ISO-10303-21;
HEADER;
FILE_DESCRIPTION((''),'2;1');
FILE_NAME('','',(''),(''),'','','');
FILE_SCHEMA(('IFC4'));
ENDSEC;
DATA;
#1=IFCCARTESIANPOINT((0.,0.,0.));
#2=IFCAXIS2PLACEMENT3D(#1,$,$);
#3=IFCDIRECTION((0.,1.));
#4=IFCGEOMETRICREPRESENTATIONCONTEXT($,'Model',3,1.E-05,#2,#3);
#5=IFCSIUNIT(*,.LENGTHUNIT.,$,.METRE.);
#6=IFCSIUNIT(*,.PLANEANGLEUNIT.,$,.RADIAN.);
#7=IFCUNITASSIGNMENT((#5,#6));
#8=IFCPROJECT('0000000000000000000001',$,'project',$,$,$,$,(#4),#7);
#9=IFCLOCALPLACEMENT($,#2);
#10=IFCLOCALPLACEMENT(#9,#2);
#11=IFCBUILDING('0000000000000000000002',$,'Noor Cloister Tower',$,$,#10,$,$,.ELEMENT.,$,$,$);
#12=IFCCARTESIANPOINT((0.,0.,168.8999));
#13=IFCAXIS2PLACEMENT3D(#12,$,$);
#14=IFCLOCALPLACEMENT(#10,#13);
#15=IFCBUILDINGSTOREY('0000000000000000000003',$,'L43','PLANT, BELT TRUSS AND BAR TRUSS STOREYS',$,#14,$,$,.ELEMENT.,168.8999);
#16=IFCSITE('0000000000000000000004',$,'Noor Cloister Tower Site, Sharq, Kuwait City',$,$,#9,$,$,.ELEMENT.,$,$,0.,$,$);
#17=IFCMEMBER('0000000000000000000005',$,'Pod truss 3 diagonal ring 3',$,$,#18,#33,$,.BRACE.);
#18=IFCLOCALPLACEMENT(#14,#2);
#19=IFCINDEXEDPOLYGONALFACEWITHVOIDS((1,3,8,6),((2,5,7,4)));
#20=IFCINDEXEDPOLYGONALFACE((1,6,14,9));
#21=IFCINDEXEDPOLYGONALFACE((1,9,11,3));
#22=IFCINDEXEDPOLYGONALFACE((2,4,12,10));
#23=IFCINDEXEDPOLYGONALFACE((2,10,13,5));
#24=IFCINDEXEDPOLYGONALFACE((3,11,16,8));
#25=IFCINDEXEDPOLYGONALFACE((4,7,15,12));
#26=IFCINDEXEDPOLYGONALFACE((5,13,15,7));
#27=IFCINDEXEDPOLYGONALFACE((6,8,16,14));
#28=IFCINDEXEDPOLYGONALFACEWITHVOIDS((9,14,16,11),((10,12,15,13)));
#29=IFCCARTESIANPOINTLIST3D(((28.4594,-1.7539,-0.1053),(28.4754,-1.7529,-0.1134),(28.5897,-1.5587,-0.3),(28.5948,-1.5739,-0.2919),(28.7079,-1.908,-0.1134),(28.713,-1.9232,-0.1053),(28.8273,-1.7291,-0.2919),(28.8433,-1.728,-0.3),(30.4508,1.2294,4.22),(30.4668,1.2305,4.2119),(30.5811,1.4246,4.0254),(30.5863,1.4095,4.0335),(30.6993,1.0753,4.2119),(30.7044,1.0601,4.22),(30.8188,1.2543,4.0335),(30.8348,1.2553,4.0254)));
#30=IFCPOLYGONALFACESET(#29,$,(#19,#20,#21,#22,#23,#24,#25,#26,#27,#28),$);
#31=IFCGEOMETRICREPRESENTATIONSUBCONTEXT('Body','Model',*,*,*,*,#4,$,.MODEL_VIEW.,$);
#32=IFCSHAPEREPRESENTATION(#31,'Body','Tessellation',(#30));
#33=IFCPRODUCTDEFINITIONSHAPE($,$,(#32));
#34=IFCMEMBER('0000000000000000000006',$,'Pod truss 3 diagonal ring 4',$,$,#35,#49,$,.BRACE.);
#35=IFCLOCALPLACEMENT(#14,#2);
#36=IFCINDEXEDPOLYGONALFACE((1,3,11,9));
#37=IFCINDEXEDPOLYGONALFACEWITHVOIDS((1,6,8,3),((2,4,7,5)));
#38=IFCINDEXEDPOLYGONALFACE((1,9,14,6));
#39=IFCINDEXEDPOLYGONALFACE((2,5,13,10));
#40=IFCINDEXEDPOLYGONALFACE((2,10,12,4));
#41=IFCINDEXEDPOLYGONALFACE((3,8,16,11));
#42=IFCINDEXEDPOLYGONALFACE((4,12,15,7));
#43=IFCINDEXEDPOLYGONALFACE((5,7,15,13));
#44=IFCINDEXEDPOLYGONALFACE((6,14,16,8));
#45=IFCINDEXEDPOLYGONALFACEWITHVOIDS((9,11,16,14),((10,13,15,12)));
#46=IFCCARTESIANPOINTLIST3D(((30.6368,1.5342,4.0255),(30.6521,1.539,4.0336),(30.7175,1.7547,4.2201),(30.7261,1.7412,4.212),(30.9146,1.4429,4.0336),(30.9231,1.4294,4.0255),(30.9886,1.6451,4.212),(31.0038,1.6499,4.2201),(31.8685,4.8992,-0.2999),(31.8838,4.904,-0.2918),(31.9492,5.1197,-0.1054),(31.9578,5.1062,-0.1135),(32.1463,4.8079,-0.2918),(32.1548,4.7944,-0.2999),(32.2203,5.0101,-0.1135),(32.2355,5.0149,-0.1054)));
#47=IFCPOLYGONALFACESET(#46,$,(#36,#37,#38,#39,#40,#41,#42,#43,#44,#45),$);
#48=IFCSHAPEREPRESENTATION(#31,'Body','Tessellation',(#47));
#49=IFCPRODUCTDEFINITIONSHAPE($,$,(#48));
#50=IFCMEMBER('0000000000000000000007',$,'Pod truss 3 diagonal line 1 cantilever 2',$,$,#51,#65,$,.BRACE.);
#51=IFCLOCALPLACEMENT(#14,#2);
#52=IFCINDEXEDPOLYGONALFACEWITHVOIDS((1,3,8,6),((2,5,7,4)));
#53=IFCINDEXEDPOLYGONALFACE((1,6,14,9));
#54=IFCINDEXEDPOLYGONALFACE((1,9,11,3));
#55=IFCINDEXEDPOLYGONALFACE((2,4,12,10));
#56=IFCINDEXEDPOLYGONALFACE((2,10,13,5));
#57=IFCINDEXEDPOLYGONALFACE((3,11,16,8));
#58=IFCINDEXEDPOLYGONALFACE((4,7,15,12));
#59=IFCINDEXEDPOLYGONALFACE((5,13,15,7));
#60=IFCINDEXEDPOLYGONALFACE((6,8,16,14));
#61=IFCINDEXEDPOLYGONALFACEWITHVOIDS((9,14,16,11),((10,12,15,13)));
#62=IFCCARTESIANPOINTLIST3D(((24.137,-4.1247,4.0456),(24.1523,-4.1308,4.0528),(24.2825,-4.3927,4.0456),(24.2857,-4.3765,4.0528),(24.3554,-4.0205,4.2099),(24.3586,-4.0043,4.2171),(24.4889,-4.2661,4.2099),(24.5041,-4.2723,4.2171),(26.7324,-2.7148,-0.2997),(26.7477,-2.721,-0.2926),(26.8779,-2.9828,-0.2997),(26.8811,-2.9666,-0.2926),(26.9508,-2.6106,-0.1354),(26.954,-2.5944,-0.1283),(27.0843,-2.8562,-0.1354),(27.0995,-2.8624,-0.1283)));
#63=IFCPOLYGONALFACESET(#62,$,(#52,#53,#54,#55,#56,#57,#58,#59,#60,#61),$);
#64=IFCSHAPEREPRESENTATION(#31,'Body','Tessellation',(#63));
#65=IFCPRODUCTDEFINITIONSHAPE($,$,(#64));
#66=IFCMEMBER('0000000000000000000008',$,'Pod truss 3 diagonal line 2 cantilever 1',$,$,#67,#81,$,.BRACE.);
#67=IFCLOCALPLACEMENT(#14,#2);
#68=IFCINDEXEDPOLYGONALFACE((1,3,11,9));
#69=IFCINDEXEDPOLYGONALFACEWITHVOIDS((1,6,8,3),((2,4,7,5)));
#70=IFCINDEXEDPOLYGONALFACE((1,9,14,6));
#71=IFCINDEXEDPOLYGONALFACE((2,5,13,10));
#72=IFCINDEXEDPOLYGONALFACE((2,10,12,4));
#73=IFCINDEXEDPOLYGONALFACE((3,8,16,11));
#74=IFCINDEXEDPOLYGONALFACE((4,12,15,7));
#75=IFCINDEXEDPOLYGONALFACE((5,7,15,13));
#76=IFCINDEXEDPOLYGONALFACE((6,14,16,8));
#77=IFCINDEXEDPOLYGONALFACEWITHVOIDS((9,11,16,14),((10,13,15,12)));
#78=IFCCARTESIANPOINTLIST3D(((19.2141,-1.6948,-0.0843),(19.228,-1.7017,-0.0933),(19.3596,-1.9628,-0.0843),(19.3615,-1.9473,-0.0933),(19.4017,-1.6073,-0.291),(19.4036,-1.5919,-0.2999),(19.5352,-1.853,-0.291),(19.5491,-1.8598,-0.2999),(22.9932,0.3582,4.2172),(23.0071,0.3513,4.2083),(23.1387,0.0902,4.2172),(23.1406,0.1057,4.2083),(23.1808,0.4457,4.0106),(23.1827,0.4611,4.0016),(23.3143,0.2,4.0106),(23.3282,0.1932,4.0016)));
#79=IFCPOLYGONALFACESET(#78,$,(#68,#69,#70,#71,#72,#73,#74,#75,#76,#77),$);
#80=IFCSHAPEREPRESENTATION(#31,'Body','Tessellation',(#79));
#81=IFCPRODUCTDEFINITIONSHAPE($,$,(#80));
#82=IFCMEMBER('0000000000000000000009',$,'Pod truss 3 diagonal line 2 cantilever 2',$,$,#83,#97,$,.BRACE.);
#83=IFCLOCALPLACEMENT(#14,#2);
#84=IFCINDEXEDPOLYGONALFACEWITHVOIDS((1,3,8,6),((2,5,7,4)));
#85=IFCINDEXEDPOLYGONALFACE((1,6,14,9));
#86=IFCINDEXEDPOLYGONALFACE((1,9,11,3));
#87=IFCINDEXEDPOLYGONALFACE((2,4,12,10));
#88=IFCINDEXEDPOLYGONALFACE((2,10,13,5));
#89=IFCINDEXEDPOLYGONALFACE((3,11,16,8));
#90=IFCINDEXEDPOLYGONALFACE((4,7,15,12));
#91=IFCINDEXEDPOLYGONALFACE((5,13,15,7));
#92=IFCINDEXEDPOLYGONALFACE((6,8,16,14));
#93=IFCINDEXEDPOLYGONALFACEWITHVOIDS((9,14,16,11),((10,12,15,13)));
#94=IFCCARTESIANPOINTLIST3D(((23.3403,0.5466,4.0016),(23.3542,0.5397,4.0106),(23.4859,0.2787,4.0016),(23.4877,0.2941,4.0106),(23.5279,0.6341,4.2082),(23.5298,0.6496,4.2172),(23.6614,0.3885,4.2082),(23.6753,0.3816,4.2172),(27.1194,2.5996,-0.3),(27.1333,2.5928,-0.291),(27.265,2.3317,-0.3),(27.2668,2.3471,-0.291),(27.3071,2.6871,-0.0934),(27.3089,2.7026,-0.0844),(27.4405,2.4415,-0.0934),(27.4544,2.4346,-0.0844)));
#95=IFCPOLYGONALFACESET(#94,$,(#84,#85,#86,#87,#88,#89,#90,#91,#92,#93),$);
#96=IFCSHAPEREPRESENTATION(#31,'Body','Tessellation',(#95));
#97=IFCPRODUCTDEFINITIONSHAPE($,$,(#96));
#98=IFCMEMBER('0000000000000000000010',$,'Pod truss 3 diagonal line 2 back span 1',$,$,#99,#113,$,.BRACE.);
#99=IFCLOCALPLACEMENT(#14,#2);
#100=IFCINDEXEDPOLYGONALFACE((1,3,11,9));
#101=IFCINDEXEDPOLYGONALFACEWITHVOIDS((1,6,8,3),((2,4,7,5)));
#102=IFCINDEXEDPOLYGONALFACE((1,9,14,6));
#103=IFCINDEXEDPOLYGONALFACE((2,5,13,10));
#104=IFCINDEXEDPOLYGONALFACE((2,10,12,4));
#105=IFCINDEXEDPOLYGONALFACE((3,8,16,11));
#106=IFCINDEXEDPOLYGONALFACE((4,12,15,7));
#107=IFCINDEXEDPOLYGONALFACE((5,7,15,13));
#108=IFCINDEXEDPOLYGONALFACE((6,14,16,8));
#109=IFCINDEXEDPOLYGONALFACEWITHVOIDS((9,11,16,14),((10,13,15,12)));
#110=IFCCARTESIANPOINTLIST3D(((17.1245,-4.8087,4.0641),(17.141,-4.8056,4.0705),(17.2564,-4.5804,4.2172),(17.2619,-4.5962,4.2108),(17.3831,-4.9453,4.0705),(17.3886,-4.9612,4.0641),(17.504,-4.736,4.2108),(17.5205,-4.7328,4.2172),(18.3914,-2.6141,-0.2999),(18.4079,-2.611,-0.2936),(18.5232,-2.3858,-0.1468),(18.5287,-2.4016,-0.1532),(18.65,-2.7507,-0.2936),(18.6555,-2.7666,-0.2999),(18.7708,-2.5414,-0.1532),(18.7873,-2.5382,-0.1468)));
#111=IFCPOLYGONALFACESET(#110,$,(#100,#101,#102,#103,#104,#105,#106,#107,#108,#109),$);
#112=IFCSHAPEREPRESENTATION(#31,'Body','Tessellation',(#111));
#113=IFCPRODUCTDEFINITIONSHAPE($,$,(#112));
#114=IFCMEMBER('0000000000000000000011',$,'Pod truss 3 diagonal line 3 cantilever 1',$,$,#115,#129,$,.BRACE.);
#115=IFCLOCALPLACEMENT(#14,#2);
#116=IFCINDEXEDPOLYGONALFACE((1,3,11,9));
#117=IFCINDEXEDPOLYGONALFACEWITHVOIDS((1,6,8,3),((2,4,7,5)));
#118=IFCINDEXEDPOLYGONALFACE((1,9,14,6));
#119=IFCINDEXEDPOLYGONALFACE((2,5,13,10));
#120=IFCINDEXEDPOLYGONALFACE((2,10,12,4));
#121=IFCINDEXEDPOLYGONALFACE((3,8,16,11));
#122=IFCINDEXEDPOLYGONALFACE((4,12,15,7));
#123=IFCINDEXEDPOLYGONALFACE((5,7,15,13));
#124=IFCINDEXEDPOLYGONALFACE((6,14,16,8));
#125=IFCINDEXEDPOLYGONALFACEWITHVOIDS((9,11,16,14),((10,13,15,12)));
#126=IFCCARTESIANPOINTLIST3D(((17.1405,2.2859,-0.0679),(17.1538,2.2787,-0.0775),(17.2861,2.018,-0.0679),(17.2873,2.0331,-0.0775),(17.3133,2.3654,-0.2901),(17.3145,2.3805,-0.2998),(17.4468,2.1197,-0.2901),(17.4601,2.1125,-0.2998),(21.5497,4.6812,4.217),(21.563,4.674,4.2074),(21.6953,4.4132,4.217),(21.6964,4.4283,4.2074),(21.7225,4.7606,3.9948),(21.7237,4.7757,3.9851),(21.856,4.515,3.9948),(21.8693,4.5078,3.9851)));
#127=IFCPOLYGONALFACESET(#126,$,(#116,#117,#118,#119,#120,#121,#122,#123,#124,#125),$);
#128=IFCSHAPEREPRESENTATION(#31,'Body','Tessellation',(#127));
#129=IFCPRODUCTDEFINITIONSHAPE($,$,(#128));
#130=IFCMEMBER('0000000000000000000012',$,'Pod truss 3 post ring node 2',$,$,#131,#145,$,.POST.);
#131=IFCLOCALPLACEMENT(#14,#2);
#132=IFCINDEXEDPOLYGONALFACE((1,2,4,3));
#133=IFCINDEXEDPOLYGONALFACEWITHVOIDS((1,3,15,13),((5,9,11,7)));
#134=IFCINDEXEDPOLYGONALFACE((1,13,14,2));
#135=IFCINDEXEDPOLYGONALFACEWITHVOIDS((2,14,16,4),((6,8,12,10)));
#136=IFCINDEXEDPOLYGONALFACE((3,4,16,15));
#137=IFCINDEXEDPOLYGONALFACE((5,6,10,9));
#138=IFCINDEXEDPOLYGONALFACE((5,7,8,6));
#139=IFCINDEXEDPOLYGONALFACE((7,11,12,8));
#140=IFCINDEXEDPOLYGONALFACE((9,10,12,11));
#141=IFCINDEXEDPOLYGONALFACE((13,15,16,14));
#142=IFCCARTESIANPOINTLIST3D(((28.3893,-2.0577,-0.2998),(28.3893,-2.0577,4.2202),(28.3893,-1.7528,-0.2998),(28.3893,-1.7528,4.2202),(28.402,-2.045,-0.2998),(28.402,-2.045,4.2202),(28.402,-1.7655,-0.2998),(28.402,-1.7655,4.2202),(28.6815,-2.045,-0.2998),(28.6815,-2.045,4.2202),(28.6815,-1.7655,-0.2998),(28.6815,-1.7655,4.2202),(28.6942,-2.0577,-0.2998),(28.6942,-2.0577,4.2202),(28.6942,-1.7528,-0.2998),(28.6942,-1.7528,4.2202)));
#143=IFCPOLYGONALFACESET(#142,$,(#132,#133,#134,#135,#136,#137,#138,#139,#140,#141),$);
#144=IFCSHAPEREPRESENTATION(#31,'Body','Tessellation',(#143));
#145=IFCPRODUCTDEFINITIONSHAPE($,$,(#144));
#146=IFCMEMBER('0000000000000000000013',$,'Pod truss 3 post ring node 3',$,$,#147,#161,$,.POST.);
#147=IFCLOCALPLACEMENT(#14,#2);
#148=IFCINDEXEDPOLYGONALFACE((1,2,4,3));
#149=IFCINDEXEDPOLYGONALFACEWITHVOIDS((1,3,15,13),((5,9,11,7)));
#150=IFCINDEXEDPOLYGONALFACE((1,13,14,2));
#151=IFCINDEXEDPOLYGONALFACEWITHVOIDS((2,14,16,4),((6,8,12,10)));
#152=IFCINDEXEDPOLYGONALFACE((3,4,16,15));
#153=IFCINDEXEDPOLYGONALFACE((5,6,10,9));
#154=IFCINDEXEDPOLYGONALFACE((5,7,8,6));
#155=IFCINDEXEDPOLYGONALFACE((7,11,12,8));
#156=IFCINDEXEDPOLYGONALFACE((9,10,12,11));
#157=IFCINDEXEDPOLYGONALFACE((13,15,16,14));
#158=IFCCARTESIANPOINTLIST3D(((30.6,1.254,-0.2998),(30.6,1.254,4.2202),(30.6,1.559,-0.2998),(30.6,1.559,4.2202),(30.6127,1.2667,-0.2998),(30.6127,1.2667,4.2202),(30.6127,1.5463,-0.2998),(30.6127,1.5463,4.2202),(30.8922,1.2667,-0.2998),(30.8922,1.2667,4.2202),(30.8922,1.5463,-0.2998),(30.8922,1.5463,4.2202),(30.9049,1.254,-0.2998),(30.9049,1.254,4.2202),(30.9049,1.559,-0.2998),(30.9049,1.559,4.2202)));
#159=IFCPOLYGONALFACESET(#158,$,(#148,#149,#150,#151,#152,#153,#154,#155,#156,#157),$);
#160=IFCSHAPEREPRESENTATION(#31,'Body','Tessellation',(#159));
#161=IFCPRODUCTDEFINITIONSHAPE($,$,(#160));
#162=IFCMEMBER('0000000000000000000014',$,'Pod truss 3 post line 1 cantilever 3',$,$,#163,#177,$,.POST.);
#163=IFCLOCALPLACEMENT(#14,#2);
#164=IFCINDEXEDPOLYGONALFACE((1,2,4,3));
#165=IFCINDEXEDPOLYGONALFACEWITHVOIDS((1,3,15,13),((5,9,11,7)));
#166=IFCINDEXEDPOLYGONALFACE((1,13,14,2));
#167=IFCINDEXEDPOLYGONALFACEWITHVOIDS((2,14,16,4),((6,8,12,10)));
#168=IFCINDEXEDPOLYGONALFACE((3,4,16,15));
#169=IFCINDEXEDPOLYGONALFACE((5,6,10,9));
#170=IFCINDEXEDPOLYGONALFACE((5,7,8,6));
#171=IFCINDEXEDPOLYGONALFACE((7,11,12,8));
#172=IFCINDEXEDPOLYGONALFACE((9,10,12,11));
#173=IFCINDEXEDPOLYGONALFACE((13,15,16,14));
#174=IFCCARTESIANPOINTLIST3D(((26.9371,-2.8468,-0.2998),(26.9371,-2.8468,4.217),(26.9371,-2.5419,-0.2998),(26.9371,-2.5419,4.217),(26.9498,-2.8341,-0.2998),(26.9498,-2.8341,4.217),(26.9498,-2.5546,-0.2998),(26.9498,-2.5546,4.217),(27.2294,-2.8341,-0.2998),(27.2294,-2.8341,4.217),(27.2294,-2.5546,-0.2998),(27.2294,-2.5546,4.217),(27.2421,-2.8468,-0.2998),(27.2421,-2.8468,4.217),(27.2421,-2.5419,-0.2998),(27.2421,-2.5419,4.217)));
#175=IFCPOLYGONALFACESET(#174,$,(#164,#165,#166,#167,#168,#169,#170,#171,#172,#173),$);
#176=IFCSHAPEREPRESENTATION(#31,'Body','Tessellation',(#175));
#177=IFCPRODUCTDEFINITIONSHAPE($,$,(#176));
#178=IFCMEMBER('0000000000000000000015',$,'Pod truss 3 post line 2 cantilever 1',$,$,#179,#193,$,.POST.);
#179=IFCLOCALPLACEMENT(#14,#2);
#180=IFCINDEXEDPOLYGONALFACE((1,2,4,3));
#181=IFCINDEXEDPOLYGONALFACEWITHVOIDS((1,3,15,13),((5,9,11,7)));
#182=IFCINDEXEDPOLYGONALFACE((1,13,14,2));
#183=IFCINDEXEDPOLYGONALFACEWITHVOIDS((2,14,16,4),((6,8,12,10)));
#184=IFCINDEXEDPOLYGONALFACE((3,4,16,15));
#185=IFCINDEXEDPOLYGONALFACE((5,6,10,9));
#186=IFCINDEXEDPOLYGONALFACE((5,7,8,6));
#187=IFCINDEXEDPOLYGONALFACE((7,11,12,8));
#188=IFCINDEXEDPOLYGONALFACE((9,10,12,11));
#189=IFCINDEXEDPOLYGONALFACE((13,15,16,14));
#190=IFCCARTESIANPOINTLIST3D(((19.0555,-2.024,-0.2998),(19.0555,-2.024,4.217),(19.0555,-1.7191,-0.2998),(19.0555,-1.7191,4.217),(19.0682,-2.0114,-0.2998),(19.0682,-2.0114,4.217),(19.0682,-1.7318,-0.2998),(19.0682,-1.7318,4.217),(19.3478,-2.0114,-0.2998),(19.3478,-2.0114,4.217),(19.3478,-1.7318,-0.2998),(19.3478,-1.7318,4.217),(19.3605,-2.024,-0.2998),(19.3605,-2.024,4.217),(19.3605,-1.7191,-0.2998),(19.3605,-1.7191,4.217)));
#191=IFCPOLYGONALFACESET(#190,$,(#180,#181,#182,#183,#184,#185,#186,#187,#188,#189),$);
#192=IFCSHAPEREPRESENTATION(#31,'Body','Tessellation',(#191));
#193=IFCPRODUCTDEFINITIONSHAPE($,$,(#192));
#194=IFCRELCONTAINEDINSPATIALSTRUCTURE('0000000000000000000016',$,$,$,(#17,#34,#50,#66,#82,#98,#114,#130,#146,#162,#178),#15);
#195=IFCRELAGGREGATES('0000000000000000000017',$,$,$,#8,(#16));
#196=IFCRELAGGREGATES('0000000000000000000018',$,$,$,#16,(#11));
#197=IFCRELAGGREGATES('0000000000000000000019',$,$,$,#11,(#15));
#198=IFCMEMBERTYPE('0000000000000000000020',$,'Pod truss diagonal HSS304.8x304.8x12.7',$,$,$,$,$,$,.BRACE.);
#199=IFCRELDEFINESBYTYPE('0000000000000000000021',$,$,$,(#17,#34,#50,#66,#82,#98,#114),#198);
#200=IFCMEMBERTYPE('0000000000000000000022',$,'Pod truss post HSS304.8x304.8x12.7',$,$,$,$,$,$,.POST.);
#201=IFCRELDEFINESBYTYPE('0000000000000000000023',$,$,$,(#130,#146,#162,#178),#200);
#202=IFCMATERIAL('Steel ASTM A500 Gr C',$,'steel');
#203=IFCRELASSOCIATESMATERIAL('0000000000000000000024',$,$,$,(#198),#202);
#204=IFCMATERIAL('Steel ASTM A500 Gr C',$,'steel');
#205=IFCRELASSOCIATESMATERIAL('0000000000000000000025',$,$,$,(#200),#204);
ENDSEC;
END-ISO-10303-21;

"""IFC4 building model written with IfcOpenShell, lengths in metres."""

from ifc_helpers import new_model, si_unit, direction, frame, origin, origin_2d, place, context, subcontext, project, spatial, hollow_rectangle, extrude, material, material_profile, profile_set, type_object, element, save


model = new_model("IFC4")

# Units and contexts
model_context = context("Model", 3, precision=1e-05, world=origin(), true_north=direction((0.0, 1.0)))
body_context = subcontext(model_context, "Body", "Model", "MODEL_VIEW")
ifc_project = project(units=[si_unit("LENGTHUNIT", "METRE"), si_unit("PLANEANGLEUNIT", "RADIAN")], contexts=[model_context])

# Site, building, storey
site_placement = place(None, origin())
site = spatial("IfcSite", under=ifc_project, at=site_placement, Name="Noor Cloister Tower Site, Sharq, Kuwait City", CompositionType="ELEMENT", RefElevation=0.0)
building_placement = place(site_placement, origin())
building = spatial("IfcBuilding", under=site, at=building_placement, Name="Noor Cloister Tower", CompositionType="ELEMENT")
storey_placement = place(building_placement, frame((0.0, 0.0, 168.8999)))
storey = spatial("IfcBuildingStorey", under=building, at=storey_placement, Name="L43", Description="PLANT, BELT TRUSS AND BAR TRUSS STOREYS", CompositionType="ELEMENT", Elevation=168.8999)

# Members
ifc_material_1 = material(Name="Steel ASTM A500 Gr C", Category="steel")
ifc_material_profile_1 = material_profile(ifc_material_1, hollow_rectangle(XDim=0.3049, YDim=0.3049, WallThickness=0.0127, at=origin_2d()), Name="HSS304.8x304.8x12.7")
ifc_profile_set_1 = profile_set([ifc_material_profile_1], Name="Steel ASTM A500 Gr C")
member_type_1 = type_object("IfcMemberType", Name="Pod truss diagonal HSS304.8x304.8x12.7", PredefinedType="BRACE", material=ifc_profile_set_1)
member_1_placement = place(storey_placement, frame((28.6514, -1.741, -0.2026), z_axis=(0.354399, 0.530925, 0.769754), x_axis=(-0.831726, 0.555187, 0.0)))
element("IfcMember", 1, at=member_1_placement, inside=storey, type_object=member_type_1, Name="Pod truss 3 diagonal ring 3", PredefinedType="BRACE", context=body_context, shape_type="SweptSolid", body=[
    extrude(hollow_rectangle(XDim=0.3049, YDim=0.3049, WallThickness=0.0127, at=origin_2d()), origin(), (0.0, 0.0, 1.0), 5.6191),
])
member_2_placement = place(storey_placement, frame((30.8203, 1.592, 4.1228), z_axis=(0.219283, 0.599082, -0.770075), x_axis=(-0.939069, 0.343728, 0.0)))
element("IfcMember", 2, at=member_2_placement, inside=storey, type_object=member_type_1, Name="Pod truss 3 diagonal ring 4", PredefinedType="BRACE", context=body_context, shape_type="SweptSolid", body=[
    extrude(hollow_rectangle(XDim=0.3049, YDim=0.3049, WallThickness=0.0127, at=origin_2d()), origin(), (0.0, 0.0, 1.0), 5.6169),
])
member_3_placement = place(storey_placement, frame((24.3206, -4.1985, 4.1313), z_axis=(0.493972, 0.268337, -0.827035), x_axis=(-0.47734, 0.878719, 0.0)))
element("IfcMember", 3, at=member_3_placement, inside=storey, type_object=member_type_1, Name="Pod truss 3 diagonal line 1 cantilever 2", PredefinedType="BRACE", context=body_context, shape_type="SweptSolid", body=[
    extrude(hollow_rectangle(XDim=0.3049, YDim=0.3049, WallThickness=0.0127, at=origin_2d()), origin(), (0.0, 0.0, 1.0), 5.2542),
])
for number, where, z_axis, x_axis, name in (
    (4, (19.3816, -1.7773, -0.1921), (0.621281, 0.337512, 0.707174), (-0.47736, 0.878708, 0.0), "Pod truss 3 diagonal line 2 cantilever 1"),
    (5, (23.5078, 0.4641, 4.1094), (0.621281, 0.337512, -0.707174), (-0.47736, 0.878708, 0.0), "Pod truss 3 diagonal line 2 cantilever 2"),
):
    element("IfcMember", number, at=place(storey_placement, frame(where, z_axis=z_axis, x_axis=x_axis)), inside=storey, type_object=member_type_1, Name=name, PredefinedType="BRACE", context=body_context, shape_type="SweptSolid", body=[
        extrude(hollow_rectangle(XDim=0.3049, YDim=0.3049, WallThickness=0.0127, at=origin_2d()), origin(), (0.0, 0.0, 1.0), 6.0828),
    ])
member_4_placement = place(storey_placement, frame((18.5894, -2.5762, -0.2234), z_axis=(-0.251042, -0.434884, 0.864785), x_axis=(0.866059, -0.499942, 0.0)))
element("IfcMember", 6, at=member_4_placement, inside=storey, type_object=member_type_1, Name="Pod truss 3 diagonal line 2 back span 1", PredefinedType="BRACE", context=body_context, shape_type="SweptSolid", body=[
    extrude(hollow_rectangle(XDim=0.3049, YDim=0.3049, WallThickness=0.0127, at=origin_2d()), origin(), (0.0, 0.0, 1.0), 5.0464),
])
member_5_placement = place(storey_placement, frame((17.3003, 2.1992, -0.1838), z_axis=(0.668221, 0.363008, 0.649388), x_axis=(-0.477355, 0.878711, 0.0)))
element("IfcMember", 7, at=member_5_placement, inside=storey, type_object=member_type_1, Name="Pod truss 3 diagonal line 3 cantilever 1", PredefinedType="BRACE", context=body_context, shape_type="SweptSolid", body=[
    extrude(hollow_rectangle(XDim=0.3049, YDim=0.3049, WallThickness=0.0127, at=origin_2d()), origin(), (0.0, 0.0, 1.0), 6.5984),
])
ifc_material_2 = material(Name="Steel ASTM A500 Gr C", Category="steel")
ifc_material_profile_2 = material_profile(ifc_material_2, hollow_rectangle(XDim=0.3049, YDim=0.3049, WallThickness=0.0127, at=origin_2d()), Name="HSS304.8x304.8x12.7")
ifc_profile_set_2 = profile_set([ifc_material_profile_2], Name="Steel ASTM A500 Gr C")
member_type_2 = type_object("IfcMemberType", Name="Pod truss post HSS304.8x304.8x12.7", PredefinedType="POST", material=ifc_profile_set_2)
for number, where, z_axis, x_axis, name in (
    (8, (28.5417, -1.9053, -0.2998), (0.0, 0.0, 1.0), (1.0, 0.0, 0.0), "Pod truss 3 post ring node 2"),
    (9, (30.7524, 1.4065, -0.2998), (0.0, 0.0, 1.0), (1.0, 0.0, 0.0), "Pod truss 3 post ring node 3"),
):
    element("IfcMember", number, at=place(storey_placement, frame(where, z_axis=z_axis, x_axis=x_axis)), inside=storey, type_object=member_type_2, Name=name, PredefinedType="POST", context=body_context, shape_type="SweptSolid", body=[
        extrude(hollow_rectangle(XDim=0.3049, YDim=0.3049, WallThickness=0.0127, at=origin_2d()), origin(), (0.0, 0.0, 1.0), 4.52),
    ])
for number, where, z_axis, x_axis, name in (
    (10, (27.0896, -2.6943, -0.2998), (0.0, 0.0, 1.0), (1.0, 0.0, 0.0), "Pod truss 3 post line 1 cantilever 3"),
    (11, (19.208, -1.8716, -0.2998), (0.0, 0.0, 1.0), (1.0, 0.0, 0.0), "Pod truss 3 post line 2 cantilever 1"),
):
    element("IfcMember", number, at=place(storey_placement, frame(where, z_axis=z_axis, x_axis=x_axis)), inside=storey, type_object=member_type_2, Name=name, PredefinedType="POST", context=body_context, shape_type="SweptSolid", body=[
        extrude(hollow_rectangle(XDim=0.3049, YDim=0.3049, WallThickness=0.0127, at=origin_2d()), origin(), (0.0, 0.0, 1.0), 4.5168),
    ])

save(model, "model.ifc")
